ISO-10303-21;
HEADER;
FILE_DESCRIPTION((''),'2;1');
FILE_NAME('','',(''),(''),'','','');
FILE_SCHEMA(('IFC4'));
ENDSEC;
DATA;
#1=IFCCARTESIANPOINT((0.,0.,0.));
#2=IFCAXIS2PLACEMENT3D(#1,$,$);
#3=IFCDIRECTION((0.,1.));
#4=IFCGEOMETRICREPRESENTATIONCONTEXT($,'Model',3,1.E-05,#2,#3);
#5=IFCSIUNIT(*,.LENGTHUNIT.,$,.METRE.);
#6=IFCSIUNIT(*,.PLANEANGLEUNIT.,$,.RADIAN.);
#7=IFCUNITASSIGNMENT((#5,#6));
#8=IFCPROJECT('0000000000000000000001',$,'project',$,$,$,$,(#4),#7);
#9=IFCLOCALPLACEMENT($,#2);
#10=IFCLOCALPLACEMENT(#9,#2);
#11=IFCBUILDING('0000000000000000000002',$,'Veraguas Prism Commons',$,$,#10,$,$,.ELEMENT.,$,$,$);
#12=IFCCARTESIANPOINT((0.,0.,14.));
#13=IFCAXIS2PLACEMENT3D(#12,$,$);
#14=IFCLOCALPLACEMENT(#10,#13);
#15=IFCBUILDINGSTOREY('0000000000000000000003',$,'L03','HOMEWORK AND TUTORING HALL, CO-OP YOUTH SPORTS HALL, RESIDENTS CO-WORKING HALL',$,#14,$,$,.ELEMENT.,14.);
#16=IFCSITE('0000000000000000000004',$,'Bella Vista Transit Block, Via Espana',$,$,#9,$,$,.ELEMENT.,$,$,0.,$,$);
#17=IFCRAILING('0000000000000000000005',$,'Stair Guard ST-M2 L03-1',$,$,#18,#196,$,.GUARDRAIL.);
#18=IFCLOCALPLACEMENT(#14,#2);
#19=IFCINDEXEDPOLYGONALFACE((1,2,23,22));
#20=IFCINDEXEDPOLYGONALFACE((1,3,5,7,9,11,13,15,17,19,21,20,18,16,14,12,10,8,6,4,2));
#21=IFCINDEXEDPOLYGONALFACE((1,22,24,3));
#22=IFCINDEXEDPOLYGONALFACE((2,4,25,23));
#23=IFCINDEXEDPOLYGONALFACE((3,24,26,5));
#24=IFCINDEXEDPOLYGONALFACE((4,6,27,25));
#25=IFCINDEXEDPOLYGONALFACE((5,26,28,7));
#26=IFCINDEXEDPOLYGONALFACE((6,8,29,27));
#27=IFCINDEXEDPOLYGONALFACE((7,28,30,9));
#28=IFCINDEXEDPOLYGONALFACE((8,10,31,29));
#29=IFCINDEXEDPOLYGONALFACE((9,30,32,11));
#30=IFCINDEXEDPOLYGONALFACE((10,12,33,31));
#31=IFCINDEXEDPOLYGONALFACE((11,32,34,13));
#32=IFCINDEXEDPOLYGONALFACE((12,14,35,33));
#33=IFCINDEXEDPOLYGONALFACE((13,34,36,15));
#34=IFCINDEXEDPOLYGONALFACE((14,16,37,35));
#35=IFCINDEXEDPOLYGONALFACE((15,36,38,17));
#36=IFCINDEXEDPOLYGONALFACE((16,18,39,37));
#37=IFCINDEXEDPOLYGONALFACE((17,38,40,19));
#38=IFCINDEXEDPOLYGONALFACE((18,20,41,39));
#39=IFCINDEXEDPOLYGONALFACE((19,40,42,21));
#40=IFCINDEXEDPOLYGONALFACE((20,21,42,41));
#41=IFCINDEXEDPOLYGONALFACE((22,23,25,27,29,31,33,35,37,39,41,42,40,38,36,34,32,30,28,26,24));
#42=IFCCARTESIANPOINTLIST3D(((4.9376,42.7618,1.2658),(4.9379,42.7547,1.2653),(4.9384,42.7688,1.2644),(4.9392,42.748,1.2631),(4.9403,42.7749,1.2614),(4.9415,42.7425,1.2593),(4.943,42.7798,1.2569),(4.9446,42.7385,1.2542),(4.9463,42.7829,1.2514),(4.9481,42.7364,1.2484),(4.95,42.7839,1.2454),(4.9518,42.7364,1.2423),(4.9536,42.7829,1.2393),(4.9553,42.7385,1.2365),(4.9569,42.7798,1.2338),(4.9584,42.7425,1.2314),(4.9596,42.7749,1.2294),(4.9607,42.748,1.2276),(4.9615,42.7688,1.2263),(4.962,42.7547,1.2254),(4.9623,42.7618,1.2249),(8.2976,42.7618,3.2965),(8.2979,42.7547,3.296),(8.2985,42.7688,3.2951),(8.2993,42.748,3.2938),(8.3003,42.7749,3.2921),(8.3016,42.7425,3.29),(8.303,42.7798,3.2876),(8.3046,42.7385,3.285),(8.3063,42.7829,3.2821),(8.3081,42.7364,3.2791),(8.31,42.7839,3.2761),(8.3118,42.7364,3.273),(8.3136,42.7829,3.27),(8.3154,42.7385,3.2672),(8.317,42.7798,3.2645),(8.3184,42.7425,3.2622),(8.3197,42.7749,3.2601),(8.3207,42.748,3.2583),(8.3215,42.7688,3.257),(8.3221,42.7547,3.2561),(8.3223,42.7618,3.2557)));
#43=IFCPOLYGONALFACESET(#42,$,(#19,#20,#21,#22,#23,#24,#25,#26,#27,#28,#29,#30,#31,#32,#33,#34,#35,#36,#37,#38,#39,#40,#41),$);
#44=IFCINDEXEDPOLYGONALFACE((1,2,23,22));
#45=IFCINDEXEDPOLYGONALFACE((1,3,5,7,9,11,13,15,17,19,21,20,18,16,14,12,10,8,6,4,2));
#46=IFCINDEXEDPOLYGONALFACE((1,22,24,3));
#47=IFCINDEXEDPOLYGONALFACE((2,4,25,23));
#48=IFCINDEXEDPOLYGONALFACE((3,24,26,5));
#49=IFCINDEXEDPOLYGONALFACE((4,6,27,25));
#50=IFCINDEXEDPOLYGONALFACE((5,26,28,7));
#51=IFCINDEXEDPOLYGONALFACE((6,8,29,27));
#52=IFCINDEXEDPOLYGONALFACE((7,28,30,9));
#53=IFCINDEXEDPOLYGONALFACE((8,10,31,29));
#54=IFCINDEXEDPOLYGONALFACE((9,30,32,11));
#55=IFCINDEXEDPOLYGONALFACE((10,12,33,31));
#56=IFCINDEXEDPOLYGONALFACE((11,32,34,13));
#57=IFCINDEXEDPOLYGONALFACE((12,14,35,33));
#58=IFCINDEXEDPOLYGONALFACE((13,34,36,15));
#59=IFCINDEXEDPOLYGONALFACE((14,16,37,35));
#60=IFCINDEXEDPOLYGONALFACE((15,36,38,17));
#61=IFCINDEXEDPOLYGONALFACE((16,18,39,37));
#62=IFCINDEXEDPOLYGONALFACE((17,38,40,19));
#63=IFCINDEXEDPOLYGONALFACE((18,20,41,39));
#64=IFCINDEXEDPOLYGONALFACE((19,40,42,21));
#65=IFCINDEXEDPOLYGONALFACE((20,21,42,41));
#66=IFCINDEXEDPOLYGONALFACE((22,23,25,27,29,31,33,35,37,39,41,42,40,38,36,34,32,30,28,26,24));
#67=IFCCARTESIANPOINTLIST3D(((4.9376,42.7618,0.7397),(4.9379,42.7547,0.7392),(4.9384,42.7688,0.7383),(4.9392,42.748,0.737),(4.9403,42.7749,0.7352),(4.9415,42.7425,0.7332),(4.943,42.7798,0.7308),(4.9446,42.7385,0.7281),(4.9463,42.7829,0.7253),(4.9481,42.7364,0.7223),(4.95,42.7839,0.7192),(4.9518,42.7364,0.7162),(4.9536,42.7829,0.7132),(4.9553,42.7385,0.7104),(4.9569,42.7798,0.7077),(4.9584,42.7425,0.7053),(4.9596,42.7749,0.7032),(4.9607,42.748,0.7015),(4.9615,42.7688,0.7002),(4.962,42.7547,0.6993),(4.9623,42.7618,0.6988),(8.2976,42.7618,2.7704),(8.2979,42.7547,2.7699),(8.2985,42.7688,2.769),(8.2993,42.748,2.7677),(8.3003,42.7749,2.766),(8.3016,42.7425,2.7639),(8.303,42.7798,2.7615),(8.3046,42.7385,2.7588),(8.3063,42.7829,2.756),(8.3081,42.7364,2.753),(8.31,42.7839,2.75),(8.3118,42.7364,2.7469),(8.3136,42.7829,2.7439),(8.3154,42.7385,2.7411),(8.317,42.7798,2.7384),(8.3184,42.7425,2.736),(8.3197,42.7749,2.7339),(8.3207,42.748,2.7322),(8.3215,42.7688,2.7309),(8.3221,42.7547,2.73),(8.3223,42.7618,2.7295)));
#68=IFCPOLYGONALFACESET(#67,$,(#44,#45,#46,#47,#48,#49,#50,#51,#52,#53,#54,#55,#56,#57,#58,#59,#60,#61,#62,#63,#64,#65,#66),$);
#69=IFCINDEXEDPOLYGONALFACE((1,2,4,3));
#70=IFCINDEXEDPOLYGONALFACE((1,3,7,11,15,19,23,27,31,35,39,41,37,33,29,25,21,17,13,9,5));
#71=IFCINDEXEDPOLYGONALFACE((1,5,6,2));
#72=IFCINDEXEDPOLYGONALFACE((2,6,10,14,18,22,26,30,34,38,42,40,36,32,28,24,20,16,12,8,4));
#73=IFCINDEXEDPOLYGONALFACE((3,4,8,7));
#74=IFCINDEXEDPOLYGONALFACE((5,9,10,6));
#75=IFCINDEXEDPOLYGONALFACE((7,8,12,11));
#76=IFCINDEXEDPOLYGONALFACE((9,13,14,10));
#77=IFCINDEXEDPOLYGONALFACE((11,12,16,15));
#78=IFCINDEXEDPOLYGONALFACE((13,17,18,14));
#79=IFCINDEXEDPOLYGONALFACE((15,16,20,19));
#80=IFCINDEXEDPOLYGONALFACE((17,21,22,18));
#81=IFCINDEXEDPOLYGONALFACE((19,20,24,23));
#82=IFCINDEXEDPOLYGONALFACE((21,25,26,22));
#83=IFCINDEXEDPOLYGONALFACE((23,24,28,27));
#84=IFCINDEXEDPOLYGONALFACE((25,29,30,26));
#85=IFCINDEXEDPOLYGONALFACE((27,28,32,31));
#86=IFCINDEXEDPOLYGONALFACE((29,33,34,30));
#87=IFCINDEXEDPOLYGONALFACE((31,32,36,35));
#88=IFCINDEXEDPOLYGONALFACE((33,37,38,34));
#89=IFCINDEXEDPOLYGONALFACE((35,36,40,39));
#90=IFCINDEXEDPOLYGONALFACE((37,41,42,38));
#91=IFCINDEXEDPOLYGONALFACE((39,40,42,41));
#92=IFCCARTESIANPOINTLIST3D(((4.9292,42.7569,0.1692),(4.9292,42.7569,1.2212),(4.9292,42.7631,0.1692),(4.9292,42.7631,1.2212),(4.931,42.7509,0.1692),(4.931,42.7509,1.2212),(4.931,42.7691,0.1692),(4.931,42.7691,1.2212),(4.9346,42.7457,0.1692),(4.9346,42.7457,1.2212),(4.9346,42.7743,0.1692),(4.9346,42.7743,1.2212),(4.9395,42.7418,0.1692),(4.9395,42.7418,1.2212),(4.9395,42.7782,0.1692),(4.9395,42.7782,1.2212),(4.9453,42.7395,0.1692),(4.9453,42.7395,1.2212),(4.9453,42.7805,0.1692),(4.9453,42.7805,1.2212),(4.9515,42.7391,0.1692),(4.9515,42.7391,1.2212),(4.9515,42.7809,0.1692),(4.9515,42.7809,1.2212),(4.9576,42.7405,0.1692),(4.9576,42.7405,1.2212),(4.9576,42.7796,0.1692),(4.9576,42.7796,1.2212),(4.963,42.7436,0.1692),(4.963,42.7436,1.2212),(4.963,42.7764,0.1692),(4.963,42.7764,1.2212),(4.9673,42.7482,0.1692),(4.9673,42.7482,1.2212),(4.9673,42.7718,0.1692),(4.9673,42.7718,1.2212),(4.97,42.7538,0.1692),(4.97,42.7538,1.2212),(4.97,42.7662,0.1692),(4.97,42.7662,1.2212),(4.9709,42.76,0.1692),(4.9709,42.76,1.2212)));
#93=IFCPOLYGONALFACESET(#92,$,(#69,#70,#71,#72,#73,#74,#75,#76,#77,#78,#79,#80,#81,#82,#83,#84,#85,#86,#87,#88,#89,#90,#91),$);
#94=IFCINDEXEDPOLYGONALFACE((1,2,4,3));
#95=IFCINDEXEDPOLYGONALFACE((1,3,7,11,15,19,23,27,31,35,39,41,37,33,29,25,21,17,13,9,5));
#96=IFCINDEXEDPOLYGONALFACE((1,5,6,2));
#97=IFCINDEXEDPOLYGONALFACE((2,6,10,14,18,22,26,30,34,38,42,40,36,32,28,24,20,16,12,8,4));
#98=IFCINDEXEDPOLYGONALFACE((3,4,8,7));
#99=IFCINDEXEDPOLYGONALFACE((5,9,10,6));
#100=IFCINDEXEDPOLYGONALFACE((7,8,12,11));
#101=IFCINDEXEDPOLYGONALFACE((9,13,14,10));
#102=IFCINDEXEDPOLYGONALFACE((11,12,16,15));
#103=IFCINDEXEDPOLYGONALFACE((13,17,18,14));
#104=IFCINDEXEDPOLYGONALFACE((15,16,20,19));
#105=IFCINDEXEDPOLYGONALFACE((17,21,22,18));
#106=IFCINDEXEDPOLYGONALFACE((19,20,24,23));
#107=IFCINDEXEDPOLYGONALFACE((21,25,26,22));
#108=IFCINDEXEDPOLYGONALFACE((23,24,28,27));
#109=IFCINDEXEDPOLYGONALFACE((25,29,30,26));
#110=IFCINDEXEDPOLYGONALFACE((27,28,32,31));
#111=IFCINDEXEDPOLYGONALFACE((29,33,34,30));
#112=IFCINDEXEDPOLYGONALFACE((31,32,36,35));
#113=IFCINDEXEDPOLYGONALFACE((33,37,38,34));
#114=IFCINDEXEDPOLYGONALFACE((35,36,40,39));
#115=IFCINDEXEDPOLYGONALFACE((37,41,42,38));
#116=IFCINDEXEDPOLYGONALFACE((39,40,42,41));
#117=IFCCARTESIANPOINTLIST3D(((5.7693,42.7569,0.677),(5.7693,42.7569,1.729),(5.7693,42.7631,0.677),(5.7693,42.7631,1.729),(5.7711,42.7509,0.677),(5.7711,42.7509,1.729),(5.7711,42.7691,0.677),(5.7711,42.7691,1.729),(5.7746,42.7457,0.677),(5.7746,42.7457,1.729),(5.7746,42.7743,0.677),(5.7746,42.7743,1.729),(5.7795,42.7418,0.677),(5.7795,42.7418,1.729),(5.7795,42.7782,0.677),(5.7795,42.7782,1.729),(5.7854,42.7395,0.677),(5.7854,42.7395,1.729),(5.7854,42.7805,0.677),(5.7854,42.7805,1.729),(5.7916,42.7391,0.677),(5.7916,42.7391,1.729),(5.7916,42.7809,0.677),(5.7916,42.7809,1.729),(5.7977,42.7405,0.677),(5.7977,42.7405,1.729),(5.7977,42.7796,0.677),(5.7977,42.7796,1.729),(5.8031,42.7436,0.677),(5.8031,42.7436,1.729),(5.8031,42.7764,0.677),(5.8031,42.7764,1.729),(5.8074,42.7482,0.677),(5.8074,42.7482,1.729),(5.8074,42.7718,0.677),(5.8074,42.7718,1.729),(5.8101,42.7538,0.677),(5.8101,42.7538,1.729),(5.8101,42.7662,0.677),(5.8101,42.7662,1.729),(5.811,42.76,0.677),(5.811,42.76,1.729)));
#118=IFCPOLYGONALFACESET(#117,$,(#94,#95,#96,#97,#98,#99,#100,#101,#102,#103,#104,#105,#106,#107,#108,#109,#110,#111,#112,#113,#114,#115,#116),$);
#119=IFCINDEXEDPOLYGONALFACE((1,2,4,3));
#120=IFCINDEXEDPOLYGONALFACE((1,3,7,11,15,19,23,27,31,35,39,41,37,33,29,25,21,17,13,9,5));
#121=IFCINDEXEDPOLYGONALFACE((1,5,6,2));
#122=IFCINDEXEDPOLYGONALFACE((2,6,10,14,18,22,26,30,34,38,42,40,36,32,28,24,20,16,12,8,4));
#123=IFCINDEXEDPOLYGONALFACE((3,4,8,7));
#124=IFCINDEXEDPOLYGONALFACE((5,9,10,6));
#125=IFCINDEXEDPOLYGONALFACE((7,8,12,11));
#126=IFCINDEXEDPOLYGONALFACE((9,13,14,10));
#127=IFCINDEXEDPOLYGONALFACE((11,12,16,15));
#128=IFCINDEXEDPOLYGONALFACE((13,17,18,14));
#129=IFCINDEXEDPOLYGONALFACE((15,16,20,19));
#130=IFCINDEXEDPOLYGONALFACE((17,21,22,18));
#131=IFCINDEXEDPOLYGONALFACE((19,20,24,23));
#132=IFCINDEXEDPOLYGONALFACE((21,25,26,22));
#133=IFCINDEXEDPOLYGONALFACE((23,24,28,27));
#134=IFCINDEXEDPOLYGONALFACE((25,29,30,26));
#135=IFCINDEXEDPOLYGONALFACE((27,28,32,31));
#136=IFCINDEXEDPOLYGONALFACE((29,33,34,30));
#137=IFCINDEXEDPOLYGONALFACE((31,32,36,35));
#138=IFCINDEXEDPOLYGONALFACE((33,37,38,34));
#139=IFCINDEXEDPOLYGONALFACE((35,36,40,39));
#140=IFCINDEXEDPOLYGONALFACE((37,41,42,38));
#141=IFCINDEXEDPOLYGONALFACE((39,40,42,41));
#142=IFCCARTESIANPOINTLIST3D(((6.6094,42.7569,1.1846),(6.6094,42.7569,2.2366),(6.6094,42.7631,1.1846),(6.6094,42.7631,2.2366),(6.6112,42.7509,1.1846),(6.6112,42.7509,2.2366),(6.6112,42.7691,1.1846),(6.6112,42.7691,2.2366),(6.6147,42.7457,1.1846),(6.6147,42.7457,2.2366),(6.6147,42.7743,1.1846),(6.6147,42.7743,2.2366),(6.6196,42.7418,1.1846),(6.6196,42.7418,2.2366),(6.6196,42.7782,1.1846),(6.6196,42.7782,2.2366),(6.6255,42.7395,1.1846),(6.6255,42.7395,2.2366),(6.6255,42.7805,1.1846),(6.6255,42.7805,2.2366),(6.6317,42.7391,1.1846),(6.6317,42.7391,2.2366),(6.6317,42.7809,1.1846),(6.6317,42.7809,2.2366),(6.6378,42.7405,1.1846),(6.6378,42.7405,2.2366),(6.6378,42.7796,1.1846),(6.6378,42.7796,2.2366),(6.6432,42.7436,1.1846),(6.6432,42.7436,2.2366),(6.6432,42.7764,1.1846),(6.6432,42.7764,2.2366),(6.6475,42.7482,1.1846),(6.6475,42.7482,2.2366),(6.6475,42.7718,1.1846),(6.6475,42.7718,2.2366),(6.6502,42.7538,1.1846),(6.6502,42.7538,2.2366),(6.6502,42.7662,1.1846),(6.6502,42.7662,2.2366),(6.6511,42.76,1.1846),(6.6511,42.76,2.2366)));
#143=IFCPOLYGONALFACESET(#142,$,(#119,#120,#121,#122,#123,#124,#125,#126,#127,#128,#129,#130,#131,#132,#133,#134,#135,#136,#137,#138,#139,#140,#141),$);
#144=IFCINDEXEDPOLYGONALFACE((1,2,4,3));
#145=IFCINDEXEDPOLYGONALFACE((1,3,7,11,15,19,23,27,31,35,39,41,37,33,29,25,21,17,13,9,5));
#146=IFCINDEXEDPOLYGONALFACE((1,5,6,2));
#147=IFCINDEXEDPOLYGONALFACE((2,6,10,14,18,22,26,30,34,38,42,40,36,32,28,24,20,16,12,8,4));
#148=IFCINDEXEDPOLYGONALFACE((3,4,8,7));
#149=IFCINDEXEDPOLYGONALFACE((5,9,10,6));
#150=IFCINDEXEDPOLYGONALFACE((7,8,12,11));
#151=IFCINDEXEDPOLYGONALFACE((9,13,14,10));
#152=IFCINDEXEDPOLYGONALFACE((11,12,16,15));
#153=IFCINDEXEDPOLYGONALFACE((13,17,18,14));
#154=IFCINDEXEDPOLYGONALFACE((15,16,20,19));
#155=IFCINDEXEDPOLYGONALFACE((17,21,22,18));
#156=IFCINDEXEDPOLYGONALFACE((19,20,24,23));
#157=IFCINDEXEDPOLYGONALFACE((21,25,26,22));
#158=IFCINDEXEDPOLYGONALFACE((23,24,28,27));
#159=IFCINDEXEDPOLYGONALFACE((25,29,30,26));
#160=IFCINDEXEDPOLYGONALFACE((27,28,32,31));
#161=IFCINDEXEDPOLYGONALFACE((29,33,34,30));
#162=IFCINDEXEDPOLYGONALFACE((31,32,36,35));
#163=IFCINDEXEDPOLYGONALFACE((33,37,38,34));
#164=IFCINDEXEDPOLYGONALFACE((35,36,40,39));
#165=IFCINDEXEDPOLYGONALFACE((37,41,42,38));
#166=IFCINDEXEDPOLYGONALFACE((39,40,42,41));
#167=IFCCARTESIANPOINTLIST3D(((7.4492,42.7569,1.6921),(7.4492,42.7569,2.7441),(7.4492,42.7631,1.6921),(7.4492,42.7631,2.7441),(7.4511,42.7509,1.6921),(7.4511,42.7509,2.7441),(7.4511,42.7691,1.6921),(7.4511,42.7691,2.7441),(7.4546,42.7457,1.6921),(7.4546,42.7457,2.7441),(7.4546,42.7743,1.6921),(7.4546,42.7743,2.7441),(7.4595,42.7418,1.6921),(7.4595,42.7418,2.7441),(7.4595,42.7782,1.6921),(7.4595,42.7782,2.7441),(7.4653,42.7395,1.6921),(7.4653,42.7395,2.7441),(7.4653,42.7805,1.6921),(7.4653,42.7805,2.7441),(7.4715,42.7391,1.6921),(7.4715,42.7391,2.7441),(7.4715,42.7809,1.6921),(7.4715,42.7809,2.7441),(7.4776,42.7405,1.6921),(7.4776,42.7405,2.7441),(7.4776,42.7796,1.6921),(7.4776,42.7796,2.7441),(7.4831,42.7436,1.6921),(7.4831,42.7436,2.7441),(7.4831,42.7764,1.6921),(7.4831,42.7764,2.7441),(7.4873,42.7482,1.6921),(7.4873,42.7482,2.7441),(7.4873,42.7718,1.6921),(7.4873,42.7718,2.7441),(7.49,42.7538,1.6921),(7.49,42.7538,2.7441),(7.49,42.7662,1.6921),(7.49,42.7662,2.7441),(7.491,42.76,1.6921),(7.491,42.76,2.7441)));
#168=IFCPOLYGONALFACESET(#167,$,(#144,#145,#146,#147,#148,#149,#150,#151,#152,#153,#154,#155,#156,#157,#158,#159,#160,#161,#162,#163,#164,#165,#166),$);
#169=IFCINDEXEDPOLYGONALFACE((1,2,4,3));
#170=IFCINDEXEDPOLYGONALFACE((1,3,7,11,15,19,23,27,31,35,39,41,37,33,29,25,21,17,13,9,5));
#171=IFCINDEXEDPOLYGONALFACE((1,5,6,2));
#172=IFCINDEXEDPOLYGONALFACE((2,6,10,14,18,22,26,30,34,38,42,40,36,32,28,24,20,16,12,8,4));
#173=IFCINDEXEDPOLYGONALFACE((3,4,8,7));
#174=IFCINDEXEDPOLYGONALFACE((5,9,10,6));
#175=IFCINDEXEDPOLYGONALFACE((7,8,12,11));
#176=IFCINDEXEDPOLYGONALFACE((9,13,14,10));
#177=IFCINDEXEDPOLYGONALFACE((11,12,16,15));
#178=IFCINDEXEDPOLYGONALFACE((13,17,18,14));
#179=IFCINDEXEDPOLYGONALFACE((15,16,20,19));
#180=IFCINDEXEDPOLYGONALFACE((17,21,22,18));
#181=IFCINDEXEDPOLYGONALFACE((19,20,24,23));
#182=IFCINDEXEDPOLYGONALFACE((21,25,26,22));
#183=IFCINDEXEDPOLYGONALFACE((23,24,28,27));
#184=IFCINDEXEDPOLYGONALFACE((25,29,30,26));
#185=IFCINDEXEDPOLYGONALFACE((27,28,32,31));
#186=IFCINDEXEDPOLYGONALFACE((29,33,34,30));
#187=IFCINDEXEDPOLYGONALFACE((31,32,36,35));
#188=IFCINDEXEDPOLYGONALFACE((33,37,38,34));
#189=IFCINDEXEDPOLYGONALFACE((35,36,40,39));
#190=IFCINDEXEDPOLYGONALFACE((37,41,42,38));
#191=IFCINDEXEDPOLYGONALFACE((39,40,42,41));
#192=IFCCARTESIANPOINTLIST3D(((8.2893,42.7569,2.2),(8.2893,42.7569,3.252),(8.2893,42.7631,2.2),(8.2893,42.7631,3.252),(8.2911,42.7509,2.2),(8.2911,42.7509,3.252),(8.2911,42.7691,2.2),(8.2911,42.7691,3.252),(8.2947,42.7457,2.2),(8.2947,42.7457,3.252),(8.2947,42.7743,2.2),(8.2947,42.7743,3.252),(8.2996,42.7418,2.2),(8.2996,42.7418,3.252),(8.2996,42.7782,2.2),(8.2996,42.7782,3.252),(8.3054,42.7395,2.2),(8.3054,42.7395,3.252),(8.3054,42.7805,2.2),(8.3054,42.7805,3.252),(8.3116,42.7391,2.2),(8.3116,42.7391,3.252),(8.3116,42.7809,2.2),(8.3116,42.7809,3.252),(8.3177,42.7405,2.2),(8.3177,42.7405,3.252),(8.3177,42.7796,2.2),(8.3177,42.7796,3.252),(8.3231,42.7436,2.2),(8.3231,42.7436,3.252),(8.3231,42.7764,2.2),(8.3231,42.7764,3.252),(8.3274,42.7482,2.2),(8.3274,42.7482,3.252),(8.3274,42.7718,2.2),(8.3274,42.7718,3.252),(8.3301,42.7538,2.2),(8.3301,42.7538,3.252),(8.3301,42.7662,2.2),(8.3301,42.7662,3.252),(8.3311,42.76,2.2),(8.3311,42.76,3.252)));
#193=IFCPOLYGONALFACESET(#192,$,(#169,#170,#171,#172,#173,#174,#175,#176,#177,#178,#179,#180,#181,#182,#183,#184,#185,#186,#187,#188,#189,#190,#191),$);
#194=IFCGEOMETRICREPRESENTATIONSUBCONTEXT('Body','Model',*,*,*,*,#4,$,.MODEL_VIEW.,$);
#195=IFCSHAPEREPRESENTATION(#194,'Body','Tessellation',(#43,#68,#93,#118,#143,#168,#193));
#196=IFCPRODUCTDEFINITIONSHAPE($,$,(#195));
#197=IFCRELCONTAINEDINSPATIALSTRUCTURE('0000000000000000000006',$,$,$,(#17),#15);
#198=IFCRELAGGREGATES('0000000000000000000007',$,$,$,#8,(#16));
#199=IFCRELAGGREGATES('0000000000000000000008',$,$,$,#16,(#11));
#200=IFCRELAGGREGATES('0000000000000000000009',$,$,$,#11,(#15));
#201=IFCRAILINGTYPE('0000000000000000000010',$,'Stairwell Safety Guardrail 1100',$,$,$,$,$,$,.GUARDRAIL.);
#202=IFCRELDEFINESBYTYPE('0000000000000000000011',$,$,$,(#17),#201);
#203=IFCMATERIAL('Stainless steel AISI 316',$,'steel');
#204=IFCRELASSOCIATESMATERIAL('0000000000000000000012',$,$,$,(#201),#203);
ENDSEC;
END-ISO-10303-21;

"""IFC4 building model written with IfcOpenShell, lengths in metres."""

from ifc_helpers import new_model, si_unit, direction, frame, origin, origin_2d, place, context, subcontext, project, spatial, circle, extrude, material, type_object, element, save


model = new_model("IFC4")

# Units and contexts
model_context = context("Model", 3, precision=1e-05, world=origin(), true_north=direction((0.0, 1.0)))
body_context = subcontext(model_context, "Body", "Model", "MODEL_VIEW")
ifc_project = project(units=[si_unit("LENGTHUNIT", "METRE"), si_unit("PLANEANGLEUNIT", "RADIAN")], contexts=[model_context])

# Site, building, storey
site_placement = place(None, origin())
site = spatial("IfcSite", under=ifc_project, at=site_placement, Name="Bella Vista Transit Block, Via Espana", CompositionType="ELEMENT", RefElevation=0.0)
building_placement = place(site_placement, origin())
building = spatial("IfcBuilding", under=site, at=building_placement, Name="Veraguas Prism Commons", CompositionType="ELEMENT")
storey_placement = place(building_placement, frame((0.0, 0.0, 14.0)))
storey = spatial("IfcBuildingStorey", under=building, at=storey_placement, Name="L03", Description="HOMEWORK AND TUTORING HALL, CO-OP YOUTH SPORTS HALL, RESIDENTS CO-WORKING HALL", CompositionType="ELEMENT", Elevation=14.0)

# Railing
ifc_material_1 = material(Name="Stainless steel AISI 316", Category="steel")
railing_type_1 = type_object("IfcRailingType", Name="Stairwell Safety Guardrail 1100", PredefinedType="GUARDRAIL", material=ifc_material_1)
railing_1_placement = place(storey_placement, frame((4.95, 42.76, 0.1692)))
element("IfcRailing", 1, at=railing_1_placement, inside=storey, type_object=railing_type_1, Name="Stair Guard ST-M2 L03-1", PredefinedType="GUARDRAIL", context=body_context, shape_type="SweptSolid", body=[
    extrude(circle(Radius=0.0239, at=origin_2d()), frame((0.0, 0.0, 1.0762), z_axis=(0.855837, 0.0, 0.517246), x_axis=(0.0, 1.0, 0.0)), (0.0, 0.0, 1.0), 3.926),
    extrude(circle(Radius=0.0239, at=origin_2d()), frame((0.0, 0.0, 0.55), z_axis=(0.855837, 0.0, 0.517246), x_axis=(0.0, 1.0, 0.0)), (0.0, 0.0, 1.0), 3.926),
    extrude(circle(Radius=0.021, at=origin_2d()), origin(), (0.0, 0.0, 1.0), 1.052),
    extrude(circle(Radius=0.021, at=origin_2d()), frame((0.8401, 0.0, 0.5078)), (0.0, 0.0, 1.0), 1.052),
    extrude(circle(Radius=0.021, at=origin_2d()), frame((1.6802, 0.0, 1.0154)), (0.0, 0.0, 1.0), 1.052),
    extrude(circle(Radius=0.021, at=origin_2d()), frame((2.52, 0.0, 1.5229)), (0.0, 0.0, 1.0), 1.052),
    extrude(circle(Radius=0.021, at=origin_2d()), frame((3.3601, 0.0, 2.0308)), (0.0, 0.0, 1.0), 1.052),
])

save(model, "model.ifc")
